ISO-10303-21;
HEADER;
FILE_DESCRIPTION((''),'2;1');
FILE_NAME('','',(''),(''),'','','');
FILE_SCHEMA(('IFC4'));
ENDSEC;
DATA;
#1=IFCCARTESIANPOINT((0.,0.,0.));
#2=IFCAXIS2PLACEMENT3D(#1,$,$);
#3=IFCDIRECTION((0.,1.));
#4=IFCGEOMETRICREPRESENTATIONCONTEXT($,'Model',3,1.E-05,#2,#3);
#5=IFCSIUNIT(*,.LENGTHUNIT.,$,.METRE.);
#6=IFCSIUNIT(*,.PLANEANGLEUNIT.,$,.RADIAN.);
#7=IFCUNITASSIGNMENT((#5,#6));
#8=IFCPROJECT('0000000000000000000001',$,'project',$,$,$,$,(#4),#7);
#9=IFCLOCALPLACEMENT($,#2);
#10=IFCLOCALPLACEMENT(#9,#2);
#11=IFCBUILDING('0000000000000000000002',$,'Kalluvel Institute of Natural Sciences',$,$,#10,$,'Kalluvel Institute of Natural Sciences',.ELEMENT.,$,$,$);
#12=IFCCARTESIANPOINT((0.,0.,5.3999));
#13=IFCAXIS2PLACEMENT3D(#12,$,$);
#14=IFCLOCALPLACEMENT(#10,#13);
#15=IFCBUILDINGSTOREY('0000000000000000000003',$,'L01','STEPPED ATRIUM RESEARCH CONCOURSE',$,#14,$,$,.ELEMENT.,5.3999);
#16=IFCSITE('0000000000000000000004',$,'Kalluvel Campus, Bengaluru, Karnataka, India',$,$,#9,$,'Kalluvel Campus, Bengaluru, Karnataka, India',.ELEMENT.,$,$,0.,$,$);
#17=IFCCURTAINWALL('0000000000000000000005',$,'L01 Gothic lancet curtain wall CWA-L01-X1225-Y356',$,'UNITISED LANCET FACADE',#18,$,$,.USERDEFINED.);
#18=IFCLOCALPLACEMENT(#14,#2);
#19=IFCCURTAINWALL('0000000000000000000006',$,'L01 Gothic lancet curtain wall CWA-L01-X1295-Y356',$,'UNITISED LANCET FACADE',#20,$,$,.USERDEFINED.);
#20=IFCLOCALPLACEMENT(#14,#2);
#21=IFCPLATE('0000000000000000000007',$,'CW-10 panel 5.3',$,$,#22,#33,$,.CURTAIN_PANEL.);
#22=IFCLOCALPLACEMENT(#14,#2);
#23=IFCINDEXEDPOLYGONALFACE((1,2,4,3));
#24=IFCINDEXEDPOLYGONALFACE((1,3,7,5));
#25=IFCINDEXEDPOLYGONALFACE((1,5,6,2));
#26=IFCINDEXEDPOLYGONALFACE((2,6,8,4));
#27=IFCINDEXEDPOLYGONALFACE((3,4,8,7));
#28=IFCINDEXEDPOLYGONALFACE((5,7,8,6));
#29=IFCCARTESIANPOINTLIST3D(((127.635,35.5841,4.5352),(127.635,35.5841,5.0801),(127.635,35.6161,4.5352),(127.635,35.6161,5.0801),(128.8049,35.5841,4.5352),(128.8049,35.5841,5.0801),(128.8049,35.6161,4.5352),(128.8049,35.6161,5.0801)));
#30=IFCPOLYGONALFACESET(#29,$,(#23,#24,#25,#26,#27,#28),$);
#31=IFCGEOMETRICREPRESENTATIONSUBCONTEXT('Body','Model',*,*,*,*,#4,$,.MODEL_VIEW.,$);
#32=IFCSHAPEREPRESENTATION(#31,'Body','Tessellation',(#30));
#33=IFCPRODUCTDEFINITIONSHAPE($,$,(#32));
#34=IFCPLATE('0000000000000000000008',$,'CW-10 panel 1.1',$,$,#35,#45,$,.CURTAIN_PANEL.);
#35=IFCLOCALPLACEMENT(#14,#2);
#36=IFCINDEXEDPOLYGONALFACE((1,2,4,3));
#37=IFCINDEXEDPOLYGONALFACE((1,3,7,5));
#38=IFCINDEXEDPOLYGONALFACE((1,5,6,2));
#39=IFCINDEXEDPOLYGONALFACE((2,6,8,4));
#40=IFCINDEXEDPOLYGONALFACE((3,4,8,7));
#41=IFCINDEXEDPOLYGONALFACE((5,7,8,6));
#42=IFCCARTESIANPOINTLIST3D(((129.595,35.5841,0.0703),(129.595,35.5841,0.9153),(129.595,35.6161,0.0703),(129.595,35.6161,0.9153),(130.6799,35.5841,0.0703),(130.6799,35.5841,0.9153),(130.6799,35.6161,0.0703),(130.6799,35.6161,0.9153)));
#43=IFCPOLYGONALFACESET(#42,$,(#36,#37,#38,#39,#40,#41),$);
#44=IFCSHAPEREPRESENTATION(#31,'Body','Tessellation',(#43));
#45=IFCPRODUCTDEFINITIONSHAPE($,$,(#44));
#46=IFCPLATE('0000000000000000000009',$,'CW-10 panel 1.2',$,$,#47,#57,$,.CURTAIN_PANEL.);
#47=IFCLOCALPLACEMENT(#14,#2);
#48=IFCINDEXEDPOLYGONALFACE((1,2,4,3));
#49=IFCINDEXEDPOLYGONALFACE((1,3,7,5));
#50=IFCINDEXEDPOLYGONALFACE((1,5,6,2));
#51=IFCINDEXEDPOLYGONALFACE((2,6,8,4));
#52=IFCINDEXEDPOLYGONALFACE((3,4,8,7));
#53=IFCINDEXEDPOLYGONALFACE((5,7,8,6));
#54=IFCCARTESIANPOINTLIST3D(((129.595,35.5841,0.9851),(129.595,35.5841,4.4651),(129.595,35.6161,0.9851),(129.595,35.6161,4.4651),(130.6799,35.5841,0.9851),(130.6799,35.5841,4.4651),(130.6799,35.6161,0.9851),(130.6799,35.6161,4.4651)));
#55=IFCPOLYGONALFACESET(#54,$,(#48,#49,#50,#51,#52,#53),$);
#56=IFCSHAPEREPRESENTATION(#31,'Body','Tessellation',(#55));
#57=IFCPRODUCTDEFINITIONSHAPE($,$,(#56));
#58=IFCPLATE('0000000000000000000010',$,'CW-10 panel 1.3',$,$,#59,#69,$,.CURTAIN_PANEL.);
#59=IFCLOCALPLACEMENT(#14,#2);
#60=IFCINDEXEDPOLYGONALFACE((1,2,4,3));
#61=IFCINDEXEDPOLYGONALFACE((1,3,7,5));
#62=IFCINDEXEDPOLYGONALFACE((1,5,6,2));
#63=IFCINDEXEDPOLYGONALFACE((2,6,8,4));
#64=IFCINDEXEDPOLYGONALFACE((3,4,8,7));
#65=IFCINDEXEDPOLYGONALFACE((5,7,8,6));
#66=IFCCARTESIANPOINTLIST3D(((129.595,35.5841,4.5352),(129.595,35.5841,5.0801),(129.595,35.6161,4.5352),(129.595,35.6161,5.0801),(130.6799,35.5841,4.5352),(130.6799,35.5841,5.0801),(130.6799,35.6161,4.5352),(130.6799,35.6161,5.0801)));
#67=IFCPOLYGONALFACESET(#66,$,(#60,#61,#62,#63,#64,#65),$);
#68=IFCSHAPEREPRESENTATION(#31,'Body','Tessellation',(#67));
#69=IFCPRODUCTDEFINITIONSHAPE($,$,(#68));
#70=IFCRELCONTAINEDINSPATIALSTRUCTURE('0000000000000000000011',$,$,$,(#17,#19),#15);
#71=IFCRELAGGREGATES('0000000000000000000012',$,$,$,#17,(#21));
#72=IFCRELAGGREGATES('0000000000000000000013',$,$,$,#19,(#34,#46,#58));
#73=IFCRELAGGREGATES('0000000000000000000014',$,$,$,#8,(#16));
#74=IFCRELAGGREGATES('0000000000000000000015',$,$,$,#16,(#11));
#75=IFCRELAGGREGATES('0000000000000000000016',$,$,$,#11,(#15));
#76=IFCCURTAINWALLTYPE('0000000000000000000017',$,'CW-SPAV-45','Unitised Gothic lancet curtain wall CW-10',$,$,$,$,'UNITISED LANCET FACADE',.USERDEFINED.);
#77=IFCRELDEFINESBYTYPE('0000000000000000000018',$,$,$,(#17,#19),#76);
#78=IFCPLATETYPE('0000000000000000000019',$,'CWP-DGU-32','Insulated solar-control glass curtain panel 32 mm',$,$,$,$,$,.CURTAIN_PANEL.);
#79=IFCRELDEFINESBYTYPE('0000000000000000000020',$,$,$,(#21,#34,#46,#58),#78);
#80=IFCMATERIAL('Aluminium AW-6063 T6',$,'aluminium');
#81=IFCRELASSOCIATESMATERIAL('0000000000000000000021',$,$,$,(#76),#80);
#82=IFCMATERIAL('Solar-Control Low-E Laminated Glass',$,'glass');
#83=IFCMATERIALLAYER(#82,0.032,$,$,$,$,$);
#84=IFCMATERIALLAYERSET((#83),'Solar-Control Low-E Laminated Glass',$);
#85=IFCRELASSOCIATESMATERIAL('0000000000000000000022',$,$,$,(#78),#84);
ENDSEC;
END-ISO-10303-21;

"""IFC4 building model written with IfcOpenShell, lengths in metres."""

from ifc_helpers import new_model, si_unit, direction, frame, origin, origin_2d, place, context, subcontext, project, spatial, rectangle, extrude, material, layer, layer_set, type_object, element, aggregate, save


model = new_model("IFC4")

# Units and contexts
model_context = context("Model", 3, precision=1e-05, world=origin(), true_north=direction((0.0, 1.0)))
body_context = subcontext(model_context, "Body", "Model", "MODEL_VIEW")
ifc_project = project(units=[si_unit("LENGTHUNIT", "METRE"), si_unit("PLANEANGLEUNIT", "RADIAN")], contexts=[model_context])

# Site, building, storey
site_placement = place(None, origin())
site = spatial("IfcSite", under=ifc_project, at=site_placement, Name="Kalluvel Campus, Bengaluru, Karnataka, India", LongName="Kalluvel Campus, Bengaluru, Karnataka, India", CompositionType="ELEMENT", RefElevation=0.0)
building_placement = place(site_placement, origin())
building = spatial("IfcBuilding", under=site, at=building_placement, Name="Kalluvel Institute of Natural Sciences", LongName="Kalluvel Institute of Natural Sciences", CompositionType="ELEMENT")
storey_placement = place(building_placement, frame((0.0, 0.0, 5.3999)))
storey = spatial("IfcBuildingStorey", under=building, at=storey_placement, Name="L01", Description="STEPPED ATRIUM RESEARCH CONCOURSE", CompositionType="ELEMENT", Elevation=5.3999)

# Curtain wall
ifc_material_1 = material(Name="Aluminium AW-6063 T6", Category="aluminium")
curtain_wall_type = type_object("IfcCurtainWallType", Name="CW-SPAV-45", Description="Unitised Gothic lancet curtain wall CW-10", ElementType="UNITISED LANCET FACADE", PredefinedType="USERDEFINED", material=ifc_material_1)
curtain_wall_1_placement = place(storey_placement, origin())
curtain_wall_1 = element("IfcCurtainWall", 1, at=curtain_wall_1_placement, inside=storey, type_object=curtain_wall_type, Name="L01 Gothic lancet curtain wall CWA-L01-X1225-Y356", ObjectType="UNITISED LANCET FACADE", PredefinedType="USERDEFINED")

# Curtain wall
curtain_wall_2_placement = place(storey_placement, origin())
curtain_wall_2 = element("IfcCurtainWall", 2, at=curtain_wall_2_placement, inside=storey, type_object=curtain_wall_type, Name="L01 Gothic lancet curtain wall CWA-L01-X1295-Y356", ObjectType="UNITISED LANCET FACADE", PredefinedType="USERDEFINED")

# Plates
ifc_material_2 = material(Name="Solar-Control Low-E Laminated Glass", Category="glass")
ifc_layer = layer(ifc_material_2, 0.032)
ifc_layer_set = layer_set([ifc_layer], Name="Solar-Control Low-E Laminated Glass")
plate_type = type_object("IfcPlateType", Name="CWP-DGU-32", Description="Insulated solar-control glass curtain panel 32 mm", PredefinedType="CURTAIN_PANEL", material=ifc_layer_set)
plate_1_placement = place(storey_placement, frame((128.22, 35.6001, 4.5352), z_axis=(0.0, 0.0, 1.0), x_axis=(1.0, 0.0, 0.0)))
plate_1 = element("IfcPlate", 3, at=plate_1_placement, type_object=plate_type, Name="CW-10 panel 5.3", PredefinedType="CURTAIN_PANEL", context=body_context, shape_type="SweptSolid", body=[
    extrude(rectangle(XDim=1.1699, YDim=0.032, at=origin_2d()), origin(), (0.0, 0.0, 1.0), 0.5449),
])
aggregate(curtain_wall_1, [plate_1])
plate_2_placement = place(storey_placement, frame((130.1375, 35.6001, 0.0703), z_axis=(0.0, 0.0, 1.0), x_axis=(1.0, 0.0, 0.0)))
plate_2 = element("IfcPlate", 4, at=plate_2_placement, type_object=plate_type, Name="CW-10 panel 1.1", PredefinedType="CURTAIN_PANEL", context=body_context, shape_type="SweptSolid", body=[
    extrude(rectangle(XDim=1.085, YDim=0.032, at=origin_2d()), origin(), (0.0, 0.0, 1.0), 0.845),
])
plate_3_placement = place(storey_placement, frame((130.1375, 35.6001, 0.9851), z_axis=(0.0, 0.0, 1.0), x_axis=(1.0, 0.0, 0.0)))
plate_3 = element("IfcPlate", 5, at=plate_3_placement, type_object=plate_type, Name="CW-10 panel 1.2", PredefinedType="CURTAIN_PANEL", context=body_context, shape_type="SweptSolid", body=[
    extrude(rectangle(XDim=1.085, YDim=0.032, at=origin_2d()), origin(), (0.0, 0.0, 1.0), 3.48),
])
plate_4_placement = place(storey_placement, frame((130.1375, 35.6001, 4.5352), z_axis=(0.0, 0.0, 1.0), x_axis=(1.0, 0.0, 0.0)))
plate_4 = element("IfcPlate", 6, at=plate_4_placement, type_object=plate_type, Name="CW-10 panel 1.3", PredefinedType="CURTAIN_PANEL", context=body_context, shape_type="SweptSolid", body=[
    extrude(rectangle(XDim=1.085, YDim=0.032, at=origin_2d()), origin(), (0.0, 0.0, 1.0), 0.5449),
])
aggregate(curtain_wall_2, [plate_2, plate_3, plate_4])

save(model, "model.ifc")
